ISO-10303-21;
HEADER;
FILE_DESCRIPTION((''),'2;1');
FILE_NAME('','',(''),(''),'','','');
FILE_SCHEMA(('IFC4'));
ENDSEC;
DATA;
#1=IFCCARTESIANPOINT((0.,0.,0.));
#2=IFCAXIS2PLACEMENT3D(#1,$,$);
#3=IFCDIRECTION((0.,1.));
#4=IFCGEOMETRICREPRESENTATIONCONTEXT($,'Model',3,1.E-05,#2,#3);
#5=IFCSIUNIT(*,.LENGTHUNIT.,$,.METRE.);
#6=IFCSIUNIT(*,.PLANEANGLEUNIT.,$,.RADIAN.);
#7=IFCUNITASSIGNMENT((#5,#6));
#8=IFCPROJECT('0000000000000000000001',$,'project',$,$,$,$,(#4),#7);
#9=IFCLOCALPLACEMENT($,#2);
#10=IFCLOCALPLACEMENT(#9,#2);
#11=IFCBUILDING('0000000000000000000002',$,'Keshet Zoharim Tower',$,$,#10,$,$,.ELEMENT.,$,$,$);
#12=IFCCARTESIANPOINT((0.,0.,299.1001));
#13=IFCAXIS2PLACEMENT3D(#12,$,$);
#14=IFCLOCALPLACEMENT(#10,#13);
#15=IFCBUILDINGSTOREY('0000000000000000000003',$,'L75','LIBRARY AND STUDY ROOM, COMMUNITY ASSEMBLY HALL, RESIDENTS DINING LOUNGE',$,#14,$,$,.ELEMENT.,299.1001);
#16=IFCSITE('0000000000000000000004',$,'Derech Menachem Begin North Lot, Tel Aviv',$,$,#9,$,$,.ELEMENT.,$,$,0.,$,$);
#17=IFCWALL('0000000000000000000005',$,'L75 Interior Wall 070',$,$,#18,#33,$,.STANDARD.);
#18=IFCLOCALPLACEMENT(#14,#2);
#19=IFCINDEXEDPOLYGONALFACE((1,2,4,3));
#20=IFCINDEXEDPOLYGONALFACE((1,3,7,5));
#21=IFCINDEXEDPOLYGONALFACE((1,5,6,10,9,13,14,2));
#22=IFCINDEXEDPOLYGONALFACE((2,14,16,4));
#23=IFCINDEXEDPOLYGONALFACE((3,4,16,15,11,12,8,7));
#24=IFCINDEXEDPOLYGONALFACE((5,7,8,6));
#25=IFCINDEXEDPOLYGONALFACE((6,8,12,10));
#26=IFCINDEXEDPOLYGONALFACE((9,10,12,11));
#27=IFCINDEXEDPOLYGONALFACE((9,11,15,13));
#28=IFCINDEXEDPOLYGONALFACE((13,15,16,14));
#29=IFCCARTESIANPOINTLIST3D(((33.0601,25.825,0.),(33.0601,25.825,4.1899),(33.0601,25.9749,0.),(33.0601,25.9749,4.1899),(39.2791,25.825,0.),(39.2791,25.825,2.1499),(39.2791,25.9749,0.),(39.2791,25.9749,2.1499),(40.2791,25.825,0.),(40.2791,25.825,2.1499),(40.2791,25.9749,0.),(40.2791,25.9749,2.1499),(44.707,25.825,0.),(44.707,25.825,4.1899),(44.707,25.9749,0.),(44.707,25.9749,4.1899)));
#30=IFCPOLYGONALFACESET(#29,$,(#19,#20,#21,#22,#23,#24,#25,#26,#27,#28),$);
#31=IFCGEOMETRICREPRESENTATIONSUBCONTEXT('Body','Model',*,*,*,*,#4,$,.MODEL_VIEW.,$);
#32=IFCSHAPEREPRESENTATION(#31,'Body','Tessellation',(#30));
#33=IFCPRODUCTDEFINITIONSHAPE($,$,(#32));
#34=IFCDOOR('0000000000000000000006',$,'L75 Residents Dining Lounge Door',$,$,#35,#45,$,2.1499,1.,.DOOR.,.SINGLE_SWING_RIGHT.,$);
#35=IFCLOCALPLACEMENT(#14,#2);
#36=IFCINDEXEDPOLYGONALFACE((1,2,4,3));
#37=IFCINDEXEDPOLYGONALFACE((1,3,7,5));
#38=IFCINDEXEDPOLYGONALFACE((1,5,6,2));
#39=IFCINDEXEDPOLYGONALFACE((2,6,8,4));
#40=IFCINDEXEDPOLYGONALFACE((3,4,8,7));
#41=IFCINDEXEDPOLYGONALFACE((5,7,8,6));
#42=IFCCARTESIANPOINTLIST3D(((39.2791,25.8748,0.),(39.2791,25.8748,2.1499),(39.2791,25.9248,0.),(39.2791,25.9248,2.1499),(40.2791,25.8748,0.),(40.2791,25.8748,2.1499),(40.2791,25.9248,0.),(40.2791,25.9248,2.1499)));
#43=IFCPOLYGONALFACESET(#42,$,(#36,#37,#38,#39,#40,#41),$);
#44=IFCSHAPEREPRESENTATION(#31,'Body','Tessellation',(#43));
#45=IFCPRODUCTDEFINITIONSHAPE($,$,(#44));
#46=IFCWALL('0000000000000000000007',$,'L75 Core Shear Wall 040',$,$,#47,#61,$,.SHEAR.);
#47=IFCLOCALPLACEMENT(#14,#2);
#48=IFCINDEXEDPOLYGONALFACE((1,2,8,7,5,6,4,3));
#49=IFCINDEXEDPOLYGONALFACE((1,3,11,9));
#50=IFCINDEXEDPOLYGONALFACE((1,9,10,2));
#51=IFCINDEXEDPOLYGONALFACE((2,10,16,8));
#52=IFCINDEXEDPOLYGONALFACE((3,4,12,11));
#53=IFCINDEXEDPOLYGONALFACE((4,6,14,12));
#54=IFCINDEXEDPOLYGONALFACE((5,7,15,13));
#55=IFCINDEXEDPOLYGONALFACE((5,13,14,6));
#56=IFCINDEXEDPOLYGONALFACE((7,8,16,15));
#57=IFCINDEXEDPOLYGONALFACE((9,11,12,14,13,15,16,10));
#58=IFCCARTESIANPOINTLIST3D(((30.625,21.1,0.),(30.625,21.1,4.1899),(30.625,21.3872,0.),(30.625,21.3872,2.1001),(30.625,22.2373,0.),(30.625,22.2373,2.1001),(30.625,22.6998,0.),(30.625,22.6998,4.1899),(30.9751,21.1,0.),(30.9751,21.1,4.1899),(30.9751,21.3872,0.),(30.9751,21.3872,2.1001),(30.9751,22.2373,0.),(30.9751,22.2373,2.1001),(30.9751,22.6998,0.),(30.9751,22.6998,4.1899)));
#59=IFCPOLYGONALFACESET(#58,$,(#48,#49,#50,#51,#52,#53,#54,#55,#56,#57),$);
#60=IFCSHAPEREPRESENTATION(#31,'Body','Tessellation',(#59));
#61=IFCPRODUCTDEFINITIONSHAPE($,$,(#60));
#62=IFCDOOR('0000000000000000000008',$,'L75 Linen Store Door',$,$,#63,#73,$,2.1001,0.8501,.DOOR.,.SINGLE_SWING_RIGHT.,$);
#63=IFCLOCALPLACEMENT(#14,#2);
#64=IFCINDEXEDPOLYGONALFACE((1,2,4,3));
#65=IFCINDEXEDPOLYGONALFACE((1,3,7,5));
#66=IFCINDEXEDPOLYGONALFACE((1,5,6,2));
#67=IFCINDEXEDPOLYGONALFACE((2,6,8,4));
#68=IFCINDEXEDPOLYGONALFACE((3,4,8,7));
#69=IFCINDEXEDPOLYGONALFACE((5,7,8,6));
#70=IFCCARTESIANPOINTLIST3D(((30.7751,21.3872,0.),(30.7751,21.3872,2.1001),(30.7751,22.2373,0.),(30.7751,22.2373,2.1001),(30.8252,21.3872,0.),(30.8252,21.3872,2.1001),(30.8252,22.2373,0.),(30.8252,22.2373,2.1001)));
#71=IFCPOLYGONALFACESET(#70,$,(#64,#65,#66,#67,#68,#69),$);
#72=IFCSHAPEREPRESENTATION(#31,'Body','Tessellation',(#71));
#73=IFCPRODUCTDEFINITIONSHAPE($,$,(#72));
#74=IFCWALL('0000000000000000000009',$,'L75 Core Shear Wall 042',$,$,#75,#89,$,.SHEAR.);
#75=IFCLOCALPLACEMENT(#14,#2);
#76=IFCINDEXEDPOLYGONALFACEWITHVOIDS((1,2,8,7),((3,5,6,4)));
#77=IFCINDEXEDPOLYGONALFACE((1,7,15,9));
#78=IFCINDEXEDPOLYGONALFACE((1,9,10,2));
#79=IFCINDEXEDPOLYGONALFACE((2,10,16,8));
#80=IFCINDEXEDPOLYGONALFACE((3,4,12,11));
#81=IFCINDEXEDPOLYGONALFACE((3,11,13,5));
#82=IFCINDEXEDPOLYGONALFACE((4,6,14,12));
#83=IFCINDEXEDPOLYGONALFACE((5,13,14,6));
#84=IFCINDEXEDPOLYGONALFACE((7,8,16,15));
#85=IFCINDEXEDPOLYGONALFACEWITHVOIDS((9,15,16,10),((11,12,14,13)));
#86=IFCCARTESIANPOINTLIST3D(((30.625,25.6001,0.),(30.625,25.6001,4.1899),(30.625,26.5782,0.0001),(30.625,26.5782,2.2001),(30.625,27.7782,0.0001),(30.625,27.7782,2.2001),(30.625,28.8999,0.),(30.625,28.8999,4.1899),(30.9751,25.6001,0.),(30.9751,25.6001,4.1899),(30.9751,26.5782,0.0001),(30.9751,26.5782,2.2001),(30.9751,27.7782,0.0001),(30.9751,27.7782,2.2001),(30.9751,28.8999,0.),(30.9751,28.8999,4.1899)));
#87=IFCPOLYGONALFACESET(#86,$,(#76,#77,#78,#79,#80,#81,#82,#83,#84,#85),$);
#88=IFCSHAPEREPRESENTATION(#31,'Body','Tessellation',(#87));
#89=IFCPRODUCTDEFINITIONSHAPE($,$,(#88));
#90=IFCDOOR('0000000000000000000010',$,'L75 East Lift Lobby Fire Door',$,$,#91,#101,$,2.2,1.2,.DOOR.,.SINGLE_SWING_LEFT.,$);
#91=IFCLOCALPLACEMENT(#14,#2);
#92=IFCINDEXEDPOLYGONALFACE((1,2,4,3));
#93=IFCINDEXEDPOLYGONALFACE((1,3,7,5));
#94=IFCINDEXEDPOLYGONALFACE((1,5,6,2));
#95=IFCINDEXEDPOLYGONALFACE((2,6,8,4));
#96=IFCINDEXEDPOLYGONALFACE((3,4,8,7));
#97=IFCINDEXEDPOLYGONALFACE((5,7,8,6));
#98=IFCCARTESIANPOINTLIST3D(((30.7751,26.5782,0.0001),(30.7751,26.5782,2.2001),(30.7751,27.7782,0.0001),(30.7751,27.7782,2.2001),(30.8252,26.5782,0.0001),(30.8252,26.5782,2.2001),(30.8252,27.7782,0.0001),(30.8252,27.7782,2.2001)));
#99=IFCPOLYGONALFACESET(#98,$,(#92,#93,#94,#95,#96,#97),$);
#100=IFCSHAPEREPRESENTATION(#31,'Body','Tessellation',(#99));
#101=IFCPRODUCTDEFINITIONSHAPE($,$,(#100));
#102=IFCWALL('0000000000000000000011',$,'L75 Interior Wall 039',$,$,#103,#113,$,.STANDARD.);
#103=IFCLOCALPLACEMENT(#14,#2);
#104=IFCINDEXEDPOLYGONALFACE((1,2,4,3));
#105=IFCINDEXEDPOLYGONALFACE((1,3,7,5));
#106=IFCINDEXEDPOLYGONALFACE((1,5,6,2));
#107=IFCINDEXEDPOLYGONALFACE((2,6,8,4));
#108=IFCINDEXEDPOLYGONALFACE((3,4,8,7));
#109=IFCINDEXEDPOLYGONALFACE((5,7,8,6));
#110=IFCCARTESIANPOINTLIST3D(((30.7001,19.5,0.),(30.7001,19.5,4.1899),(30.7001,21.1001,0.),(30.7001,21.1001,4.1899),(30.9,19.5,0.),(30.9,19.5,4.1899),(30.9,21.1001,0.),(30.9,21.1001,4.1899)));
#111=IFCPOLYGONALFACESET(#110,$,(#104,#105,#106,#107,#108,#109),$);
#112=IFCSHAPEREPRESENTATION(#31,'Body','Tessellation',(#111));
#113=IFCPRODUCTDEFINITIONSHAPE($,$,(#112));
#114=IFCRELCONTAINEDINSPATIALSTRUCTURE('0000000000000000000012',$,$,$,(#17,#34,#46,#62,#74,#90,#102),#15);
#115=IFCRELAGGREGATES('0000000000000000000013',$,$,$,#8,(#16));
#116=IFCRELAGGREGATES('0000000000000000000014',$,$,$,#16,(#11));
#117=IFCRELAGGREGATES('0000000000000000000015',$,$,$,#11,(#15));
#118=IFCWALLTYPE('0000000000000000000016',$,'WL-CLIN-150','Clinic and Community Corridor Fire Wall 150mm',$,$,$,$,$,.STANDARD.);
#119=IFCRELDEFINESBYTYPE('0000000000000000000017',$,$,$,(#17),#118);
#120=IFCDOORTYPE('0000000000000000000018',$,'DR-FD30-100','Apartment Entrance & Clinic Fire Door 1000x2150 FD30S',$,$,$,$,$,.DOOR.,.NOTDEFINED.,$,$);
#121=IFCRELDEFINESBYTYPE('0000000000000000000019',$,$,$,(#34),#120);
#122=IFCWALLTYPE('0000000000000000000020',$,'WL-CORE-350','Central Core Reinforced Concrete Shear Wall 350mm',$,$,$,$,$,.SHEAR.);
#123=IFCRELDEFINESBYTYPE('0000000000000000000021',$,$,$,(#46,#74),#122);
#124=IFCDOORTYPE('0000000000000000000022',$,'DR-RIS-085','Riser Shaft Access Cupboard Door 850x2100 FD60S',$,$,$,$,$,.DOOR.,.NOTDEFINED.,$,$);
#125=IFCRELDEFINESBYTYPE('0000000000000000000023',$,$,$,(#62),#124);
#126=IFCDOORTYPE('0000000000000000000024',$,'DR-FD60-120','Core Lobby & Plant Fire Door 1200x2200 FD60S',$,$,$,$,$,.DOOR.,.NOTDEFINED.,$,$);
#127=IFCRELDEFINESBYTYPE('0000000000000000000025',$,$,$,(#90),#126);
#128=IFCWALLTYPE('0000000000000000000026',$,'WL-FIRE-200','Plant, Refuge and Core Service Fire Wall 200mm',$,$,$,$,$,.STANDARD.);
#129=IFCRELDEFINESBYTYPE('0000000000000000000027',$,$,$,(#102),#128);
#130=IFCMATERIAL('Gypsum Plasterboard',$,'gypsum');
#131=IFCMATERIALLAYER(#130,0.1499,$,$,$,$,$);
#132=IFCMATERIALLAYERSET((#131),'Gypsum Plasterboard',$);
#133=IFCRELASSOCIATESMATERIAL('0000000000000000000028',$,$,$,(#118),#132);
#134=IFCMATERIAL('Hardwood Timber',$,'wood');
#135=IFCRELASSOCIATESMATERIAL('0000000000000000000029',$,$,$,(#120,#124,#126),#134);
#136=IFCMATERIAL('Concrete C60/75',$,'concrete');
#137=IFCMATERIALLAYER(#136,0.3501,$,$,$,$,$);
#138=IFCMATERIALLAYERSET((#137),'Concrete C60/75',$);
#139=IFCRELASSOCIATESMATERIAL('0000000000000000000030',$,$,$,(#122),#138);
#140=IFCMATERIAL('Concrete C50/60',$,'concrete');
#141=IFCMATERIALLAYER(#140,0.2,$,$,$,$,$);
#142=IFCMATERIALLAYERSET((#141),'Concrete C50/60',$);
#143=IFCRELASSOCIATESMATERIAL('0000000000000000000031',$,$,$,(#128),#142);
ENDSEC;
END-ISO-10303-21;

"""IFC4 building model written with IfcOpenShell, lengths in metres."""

from ifc_helpers import new_model, si_unit, direction, frame, frame_2d, origin, place, context, subcontext, project, spatial, rectangle, extrude, material, layer, layer_set, type_object, element, fill, save


model = new_model("IFC4")

# Units and contexts
model_context = context("Model", 3, precision=1e-05, world=origin(), true_north=direction((0.0, 1.0)))
body_context = subcontext(model_context, "Body", "Model", "MODEL_VIEW")
ifc_project = project(units=[si_unit("LENGTHUNIT", "METRE"), si_unit("PLANEANGLEUNIT", "RADIAN")], contexts=[model_context])

# Site, building, storey
site_placement = place(None, origin())
site = spatial("IfcSite", under=ifc_project, at=site_placement, Name="Derech Menachem Begin North Lot, Tel Aviv", CompositionType="ELEMENT", RefElevation=0.0)
building_placement = place(site_placement, origin())
building = spatial("IfcBuilding", under=site, at=building_placement, Name="Keshet Zoharim Tower", CompositionType="ELEMENT")
storey_placement = place(building_placement, frame((0.0, 0.0, 299.1001)))
storey = spatial("IfcBuildingStorey", under=building, at=storey_placement, Name="L75", Description="LIBRARY AND STUDY ROOM, COMMUNITY ASSEMBLY HALL, RESIDENTS DINING LOUNGE", CompositionType="ELEMENT", Elevation=299.1001)

# Shared definitions
ifc_material_1 = material(Name="Concrete C50/60", Category="concrete")

# Shared definitions
ifc_material_2 = material(Name="Gypsum Plasterboard", Category="gypsum")
ifc_layer_1 = layer(ifc_material_2, 0.1499)
ifc_layer_set_1 = layer_set([ifc_layer_1], Name="Gypsum Plasterboard")
wall_type_1 = type_object("IfcWallType", Name="WL-CLIN-150", Description="Clinic and Community Corridor Fire Wall 150mm", PredefinedType="STANDARD", material=ifc_layer_set_1)

# Walls, openings, doors
wall_1_placement = place(storey_placement, frame((33.0601, 25.8999, 0.0), z_axis=(0.0, 0.0, 1.0), x_axis=(1.0, 0.0, 0.0)))
wall_1 = element("IfcWall", 1, at=wall_1_placement, inside=storey, type_object=wall_type_1, Name="L75 Interior Wall 070", PredefinedType="STANDARD", context=body_context, shape_type="SweptSolid", body=[
    extrude(rectangle(XDim=11.647, YDim=0.1499, at=frame_2d((5.8235, 0.0))), origin(), (0.0, 0.0, 1.0), 4.1899),
])
opening_1_placement = place(wall_1_placement, frame((6.219, 0.0, 0.0)))
opening_1 = element("IfcOpeningElement", 2, at=opening_1_placement, cuts=wall_1, PredefinedType="OPENING", context=body_context, shape_type="SweptSolid", body=[
    extrude(rectangle(XDim=1.0, YDim=2.1499, at=frame_2d((0.5, 1.075))), frame((0.0, 0.085, 0.0), z_axis=(0.0, -1.0, 0.0), x_axis=(1.0, 0.0, 0.0)), (0.0, 0.0, 1.0), 0.1699),
])
ifc_material_3 = material(Name="Hardwood Timber", Category="wood")
door_type_1 = type_object("IfcDoorType", Name="DR-FD30-100", Description="Apartment Entrance & Clinic Fire Door 1000x2150 FD30S", OperationType="NOTDEFINED", PredefinedType="DOOR", material=ifc_material_3)
door_1_placement = place(opening_1_placement, origin())
door_1 = element("IfcDoor", 3, at=door_1_placement, inside=storey, type_object=door_type_1, Name="L75 Residents Dining Lounge Door", OperationType="SINGLE_SWING_RIGHT", OverallHeight=2.1499, OverallWidth=1.0, PredefinedType="DOOR", context=body_context, shape_type="SweptSolid", body=[
    extrude(rectangle(XDim=1.0, YDim=2.1499, at=frame_2d((0.5, 1.075))), frame((0.0, 0.0249, 0.0), z_axis=(0.0, -1.0, 0.0), x_axis=(1.0, 0.0, 0.0)), (0.0, 0.0, 1.0), 0.05),
])
fill(opening_1, door_1)
ifc_material_4 = material(Name="Concrete C60/75", Category="concrete")
ifc_layer_2 = layer(ifc_material_4, 0.3501)
ifc_layer_set_2 = layer_set([ifc_layer_2], Name="Concrete C60/75")
wall_type_2 = type_object("IfcWallType", Name="WL-CORE-350", Description="Central Core Reinforced Concrete Shear Wall 350mm", PredefinedType="SHEAR", material=ifc_layer_set_2)
wall_2_placement = place(storey_placement, frame((30.8, 21.1001, 0.0), z_axis=(0.0, 0.0, 1.0), x_axis=(0.0, 1.0, 0.0)))
wall_2 = element("IfcWall", 4, at=wall_2_placement, inside=storey, type_object=wall_type_2, Name="L75 Core Shear Wall 040", PredefinedType="SHEAR", context=body_context, shape_type="SweptSolid", body=[
    extrude(rectangle(XDim=1.5999, YDim=0.3501, at=frame_2d((0.7998, 0.0))), origin(), (0.0, 0.0, 1.0), 4.1899),
])
opening_2_placement = place(wall_2_placement, frame((0.2871, 0.0, 0.0)))
opening_2 = element("IfcOpeningElement", 5, at=opening_2_placement, cuts=wall_2, PredefinedType="OPENING", context=body_context, shape_type="SweptSolid", body=[
    extrude(rectangle(XDim=0.8501, YDim=2.1001, at=frame_2d((0.425, 1.05))), frame((0.0, 0.1851, 0.0), z_axis=(0.0, -1.0, 0.0), x_axis=(1.0, 0.0, 0.0)), (0.0, 0.0, 1.0), 0.3701),
])
door_type_2 = type_object("IfcDoorType", Name="DR-RIS-085", Description="Riser Shaft Access Cupboard Door 850x2100 FD60S", OperationType="NOTDEFINED", PredefinedType="DOOR", material=ifc_material_3)
door_2_placement = place(opening_2_placement, origin())
door_2 = element("IfcDoor", 6, at=door_2_placement, inside=storey, type_object=door_type_2, Name="L75 Linen Store Door", OperationType="SINGLE_SWING_RIGHT", OverallHeight=2.1001, OverallWidth=0.8501, PredefinedType="DOOR", context=body_context, shape_type="SweptSolid", body=[
    extrude(rectangle(XDim=0.8501, YDim=2.1001, at=frame_2d((0.425, 1.05))), frame((0.0, 0.0249, 0.0), z_axis=(0.0, -1.0, 0.0), x_axis=(1.0, 0.0, 0.0)), (0.0, 0.0, 1.0), 0.05),
])
fill(opening_2, door_2)
wall_3_placement = place(storey_placement, frame((30.8, 25.6001, 0.0), z_axis=(0.0, 0.0, 1.0), x_axis=(0.0, 1.0, 0.0)))
wall_3 = element("IfcWall", 7, at=wall_3_placement, inside=storey, type_object=wall_type_2, Name="L75 Core Shear Wall 042", PredefinedType="SHEAR", context=body_context, shape_type="SweptSolid", body=[
    extrude(rectangle(XDim=3.2998, YDim=0.3501, at=frame_2d((1.6499, 0.0))), origin(), (0.0, 0.0, 1.0), 4.1899),
])
opening_3_placement = place(wall_3_placement, frame((0.978, 0.0, 0.0)))
opening_3 = element("IfcOpeningElement", 8, at=opening_3_placement, cuts=wall_3, PredefinedType="OPENING", context=body_context, shape_type="SweptSolid", body=[
    extrude(rectangle(XDim=1.2, YDim=2.2, at=frame_2d((0.6001, 1.1001))), frame((0.0, 0.1851, 0.0), z_axis=(0.0, -1.0, 0.0), x_axis=(1.0, 0.0, 0.0)), (0.0, 0.0, 1.0), 0.3701),
])
door_type_3 = type_object("IfcDoorType", Name="DR-FD60-120", Description="Core Lobby & Plant Fire Door 1200x2200 FD60S", OperationType="NOTDEFINED", PredefinedType="DOOR", material=ifc_material_3)
door_3_placement = place(opening_3_placement, origin())
door_3 = element("IfcDoor", 9, at=door_3_placement, inside=storey, type_object=door_type_3, Name="L75 East Lift Lobby Fire Door", OperationType="SINGLE_SWING_LEFT", OverallHeight=2.2, OverallWidth=1.2, PredefinedType="DOOR", context=body_context, shape_type="SweptSolid", body=[
    extrude(rectangle(XDim=1.2, YDim=2.2, at=frame_2d((0.6001, 1.1001))), frame((0.0, 0.0249, 0.0), z_axis=(0.0, -1.0, 0.0), x_axis=(1.0, 0.0, 0.0)), (0.0, 0.0, 1.0), 0.05),
])
fill(opening_3, door_3)

# Wall
ifc_layer_3 = layer(ifc_material_1, 0.2)
ifc_layer_set_3 = layer_set([ifc_layer_3], Name="Concrete C50/60")
wall_type_3 = type_object("IfcWallType", Name="WL-FIRE-200", Description="Plant, Refuge and Core Service Fire Wall 200mm", PredefinedType="STANDARD", material=ifc_layer_set_3)
wall_4_placement = place(storey_placement, frame((30.8, 19.5, 0.0), z_axis=(0.0, 0.0, 1.0), x_axis=(0.0, 1.0, 0.0)))
element("IfcWall", 10, at=wall_4_placement, inside=storey, type_object=wall_type_3, Name="L75 Interior Wall 039", PredefinedType="STANDARD", context=body_context, shape_type="SweptSolid", body=[
    extrude(rectangle(XDim=1.6001, YDim=0.2, at=frame_2d((0.8, 0.0))), origin(), (0.0, 0.0, 1.0), 4.1899),
])

save(model, "model.ifc")
